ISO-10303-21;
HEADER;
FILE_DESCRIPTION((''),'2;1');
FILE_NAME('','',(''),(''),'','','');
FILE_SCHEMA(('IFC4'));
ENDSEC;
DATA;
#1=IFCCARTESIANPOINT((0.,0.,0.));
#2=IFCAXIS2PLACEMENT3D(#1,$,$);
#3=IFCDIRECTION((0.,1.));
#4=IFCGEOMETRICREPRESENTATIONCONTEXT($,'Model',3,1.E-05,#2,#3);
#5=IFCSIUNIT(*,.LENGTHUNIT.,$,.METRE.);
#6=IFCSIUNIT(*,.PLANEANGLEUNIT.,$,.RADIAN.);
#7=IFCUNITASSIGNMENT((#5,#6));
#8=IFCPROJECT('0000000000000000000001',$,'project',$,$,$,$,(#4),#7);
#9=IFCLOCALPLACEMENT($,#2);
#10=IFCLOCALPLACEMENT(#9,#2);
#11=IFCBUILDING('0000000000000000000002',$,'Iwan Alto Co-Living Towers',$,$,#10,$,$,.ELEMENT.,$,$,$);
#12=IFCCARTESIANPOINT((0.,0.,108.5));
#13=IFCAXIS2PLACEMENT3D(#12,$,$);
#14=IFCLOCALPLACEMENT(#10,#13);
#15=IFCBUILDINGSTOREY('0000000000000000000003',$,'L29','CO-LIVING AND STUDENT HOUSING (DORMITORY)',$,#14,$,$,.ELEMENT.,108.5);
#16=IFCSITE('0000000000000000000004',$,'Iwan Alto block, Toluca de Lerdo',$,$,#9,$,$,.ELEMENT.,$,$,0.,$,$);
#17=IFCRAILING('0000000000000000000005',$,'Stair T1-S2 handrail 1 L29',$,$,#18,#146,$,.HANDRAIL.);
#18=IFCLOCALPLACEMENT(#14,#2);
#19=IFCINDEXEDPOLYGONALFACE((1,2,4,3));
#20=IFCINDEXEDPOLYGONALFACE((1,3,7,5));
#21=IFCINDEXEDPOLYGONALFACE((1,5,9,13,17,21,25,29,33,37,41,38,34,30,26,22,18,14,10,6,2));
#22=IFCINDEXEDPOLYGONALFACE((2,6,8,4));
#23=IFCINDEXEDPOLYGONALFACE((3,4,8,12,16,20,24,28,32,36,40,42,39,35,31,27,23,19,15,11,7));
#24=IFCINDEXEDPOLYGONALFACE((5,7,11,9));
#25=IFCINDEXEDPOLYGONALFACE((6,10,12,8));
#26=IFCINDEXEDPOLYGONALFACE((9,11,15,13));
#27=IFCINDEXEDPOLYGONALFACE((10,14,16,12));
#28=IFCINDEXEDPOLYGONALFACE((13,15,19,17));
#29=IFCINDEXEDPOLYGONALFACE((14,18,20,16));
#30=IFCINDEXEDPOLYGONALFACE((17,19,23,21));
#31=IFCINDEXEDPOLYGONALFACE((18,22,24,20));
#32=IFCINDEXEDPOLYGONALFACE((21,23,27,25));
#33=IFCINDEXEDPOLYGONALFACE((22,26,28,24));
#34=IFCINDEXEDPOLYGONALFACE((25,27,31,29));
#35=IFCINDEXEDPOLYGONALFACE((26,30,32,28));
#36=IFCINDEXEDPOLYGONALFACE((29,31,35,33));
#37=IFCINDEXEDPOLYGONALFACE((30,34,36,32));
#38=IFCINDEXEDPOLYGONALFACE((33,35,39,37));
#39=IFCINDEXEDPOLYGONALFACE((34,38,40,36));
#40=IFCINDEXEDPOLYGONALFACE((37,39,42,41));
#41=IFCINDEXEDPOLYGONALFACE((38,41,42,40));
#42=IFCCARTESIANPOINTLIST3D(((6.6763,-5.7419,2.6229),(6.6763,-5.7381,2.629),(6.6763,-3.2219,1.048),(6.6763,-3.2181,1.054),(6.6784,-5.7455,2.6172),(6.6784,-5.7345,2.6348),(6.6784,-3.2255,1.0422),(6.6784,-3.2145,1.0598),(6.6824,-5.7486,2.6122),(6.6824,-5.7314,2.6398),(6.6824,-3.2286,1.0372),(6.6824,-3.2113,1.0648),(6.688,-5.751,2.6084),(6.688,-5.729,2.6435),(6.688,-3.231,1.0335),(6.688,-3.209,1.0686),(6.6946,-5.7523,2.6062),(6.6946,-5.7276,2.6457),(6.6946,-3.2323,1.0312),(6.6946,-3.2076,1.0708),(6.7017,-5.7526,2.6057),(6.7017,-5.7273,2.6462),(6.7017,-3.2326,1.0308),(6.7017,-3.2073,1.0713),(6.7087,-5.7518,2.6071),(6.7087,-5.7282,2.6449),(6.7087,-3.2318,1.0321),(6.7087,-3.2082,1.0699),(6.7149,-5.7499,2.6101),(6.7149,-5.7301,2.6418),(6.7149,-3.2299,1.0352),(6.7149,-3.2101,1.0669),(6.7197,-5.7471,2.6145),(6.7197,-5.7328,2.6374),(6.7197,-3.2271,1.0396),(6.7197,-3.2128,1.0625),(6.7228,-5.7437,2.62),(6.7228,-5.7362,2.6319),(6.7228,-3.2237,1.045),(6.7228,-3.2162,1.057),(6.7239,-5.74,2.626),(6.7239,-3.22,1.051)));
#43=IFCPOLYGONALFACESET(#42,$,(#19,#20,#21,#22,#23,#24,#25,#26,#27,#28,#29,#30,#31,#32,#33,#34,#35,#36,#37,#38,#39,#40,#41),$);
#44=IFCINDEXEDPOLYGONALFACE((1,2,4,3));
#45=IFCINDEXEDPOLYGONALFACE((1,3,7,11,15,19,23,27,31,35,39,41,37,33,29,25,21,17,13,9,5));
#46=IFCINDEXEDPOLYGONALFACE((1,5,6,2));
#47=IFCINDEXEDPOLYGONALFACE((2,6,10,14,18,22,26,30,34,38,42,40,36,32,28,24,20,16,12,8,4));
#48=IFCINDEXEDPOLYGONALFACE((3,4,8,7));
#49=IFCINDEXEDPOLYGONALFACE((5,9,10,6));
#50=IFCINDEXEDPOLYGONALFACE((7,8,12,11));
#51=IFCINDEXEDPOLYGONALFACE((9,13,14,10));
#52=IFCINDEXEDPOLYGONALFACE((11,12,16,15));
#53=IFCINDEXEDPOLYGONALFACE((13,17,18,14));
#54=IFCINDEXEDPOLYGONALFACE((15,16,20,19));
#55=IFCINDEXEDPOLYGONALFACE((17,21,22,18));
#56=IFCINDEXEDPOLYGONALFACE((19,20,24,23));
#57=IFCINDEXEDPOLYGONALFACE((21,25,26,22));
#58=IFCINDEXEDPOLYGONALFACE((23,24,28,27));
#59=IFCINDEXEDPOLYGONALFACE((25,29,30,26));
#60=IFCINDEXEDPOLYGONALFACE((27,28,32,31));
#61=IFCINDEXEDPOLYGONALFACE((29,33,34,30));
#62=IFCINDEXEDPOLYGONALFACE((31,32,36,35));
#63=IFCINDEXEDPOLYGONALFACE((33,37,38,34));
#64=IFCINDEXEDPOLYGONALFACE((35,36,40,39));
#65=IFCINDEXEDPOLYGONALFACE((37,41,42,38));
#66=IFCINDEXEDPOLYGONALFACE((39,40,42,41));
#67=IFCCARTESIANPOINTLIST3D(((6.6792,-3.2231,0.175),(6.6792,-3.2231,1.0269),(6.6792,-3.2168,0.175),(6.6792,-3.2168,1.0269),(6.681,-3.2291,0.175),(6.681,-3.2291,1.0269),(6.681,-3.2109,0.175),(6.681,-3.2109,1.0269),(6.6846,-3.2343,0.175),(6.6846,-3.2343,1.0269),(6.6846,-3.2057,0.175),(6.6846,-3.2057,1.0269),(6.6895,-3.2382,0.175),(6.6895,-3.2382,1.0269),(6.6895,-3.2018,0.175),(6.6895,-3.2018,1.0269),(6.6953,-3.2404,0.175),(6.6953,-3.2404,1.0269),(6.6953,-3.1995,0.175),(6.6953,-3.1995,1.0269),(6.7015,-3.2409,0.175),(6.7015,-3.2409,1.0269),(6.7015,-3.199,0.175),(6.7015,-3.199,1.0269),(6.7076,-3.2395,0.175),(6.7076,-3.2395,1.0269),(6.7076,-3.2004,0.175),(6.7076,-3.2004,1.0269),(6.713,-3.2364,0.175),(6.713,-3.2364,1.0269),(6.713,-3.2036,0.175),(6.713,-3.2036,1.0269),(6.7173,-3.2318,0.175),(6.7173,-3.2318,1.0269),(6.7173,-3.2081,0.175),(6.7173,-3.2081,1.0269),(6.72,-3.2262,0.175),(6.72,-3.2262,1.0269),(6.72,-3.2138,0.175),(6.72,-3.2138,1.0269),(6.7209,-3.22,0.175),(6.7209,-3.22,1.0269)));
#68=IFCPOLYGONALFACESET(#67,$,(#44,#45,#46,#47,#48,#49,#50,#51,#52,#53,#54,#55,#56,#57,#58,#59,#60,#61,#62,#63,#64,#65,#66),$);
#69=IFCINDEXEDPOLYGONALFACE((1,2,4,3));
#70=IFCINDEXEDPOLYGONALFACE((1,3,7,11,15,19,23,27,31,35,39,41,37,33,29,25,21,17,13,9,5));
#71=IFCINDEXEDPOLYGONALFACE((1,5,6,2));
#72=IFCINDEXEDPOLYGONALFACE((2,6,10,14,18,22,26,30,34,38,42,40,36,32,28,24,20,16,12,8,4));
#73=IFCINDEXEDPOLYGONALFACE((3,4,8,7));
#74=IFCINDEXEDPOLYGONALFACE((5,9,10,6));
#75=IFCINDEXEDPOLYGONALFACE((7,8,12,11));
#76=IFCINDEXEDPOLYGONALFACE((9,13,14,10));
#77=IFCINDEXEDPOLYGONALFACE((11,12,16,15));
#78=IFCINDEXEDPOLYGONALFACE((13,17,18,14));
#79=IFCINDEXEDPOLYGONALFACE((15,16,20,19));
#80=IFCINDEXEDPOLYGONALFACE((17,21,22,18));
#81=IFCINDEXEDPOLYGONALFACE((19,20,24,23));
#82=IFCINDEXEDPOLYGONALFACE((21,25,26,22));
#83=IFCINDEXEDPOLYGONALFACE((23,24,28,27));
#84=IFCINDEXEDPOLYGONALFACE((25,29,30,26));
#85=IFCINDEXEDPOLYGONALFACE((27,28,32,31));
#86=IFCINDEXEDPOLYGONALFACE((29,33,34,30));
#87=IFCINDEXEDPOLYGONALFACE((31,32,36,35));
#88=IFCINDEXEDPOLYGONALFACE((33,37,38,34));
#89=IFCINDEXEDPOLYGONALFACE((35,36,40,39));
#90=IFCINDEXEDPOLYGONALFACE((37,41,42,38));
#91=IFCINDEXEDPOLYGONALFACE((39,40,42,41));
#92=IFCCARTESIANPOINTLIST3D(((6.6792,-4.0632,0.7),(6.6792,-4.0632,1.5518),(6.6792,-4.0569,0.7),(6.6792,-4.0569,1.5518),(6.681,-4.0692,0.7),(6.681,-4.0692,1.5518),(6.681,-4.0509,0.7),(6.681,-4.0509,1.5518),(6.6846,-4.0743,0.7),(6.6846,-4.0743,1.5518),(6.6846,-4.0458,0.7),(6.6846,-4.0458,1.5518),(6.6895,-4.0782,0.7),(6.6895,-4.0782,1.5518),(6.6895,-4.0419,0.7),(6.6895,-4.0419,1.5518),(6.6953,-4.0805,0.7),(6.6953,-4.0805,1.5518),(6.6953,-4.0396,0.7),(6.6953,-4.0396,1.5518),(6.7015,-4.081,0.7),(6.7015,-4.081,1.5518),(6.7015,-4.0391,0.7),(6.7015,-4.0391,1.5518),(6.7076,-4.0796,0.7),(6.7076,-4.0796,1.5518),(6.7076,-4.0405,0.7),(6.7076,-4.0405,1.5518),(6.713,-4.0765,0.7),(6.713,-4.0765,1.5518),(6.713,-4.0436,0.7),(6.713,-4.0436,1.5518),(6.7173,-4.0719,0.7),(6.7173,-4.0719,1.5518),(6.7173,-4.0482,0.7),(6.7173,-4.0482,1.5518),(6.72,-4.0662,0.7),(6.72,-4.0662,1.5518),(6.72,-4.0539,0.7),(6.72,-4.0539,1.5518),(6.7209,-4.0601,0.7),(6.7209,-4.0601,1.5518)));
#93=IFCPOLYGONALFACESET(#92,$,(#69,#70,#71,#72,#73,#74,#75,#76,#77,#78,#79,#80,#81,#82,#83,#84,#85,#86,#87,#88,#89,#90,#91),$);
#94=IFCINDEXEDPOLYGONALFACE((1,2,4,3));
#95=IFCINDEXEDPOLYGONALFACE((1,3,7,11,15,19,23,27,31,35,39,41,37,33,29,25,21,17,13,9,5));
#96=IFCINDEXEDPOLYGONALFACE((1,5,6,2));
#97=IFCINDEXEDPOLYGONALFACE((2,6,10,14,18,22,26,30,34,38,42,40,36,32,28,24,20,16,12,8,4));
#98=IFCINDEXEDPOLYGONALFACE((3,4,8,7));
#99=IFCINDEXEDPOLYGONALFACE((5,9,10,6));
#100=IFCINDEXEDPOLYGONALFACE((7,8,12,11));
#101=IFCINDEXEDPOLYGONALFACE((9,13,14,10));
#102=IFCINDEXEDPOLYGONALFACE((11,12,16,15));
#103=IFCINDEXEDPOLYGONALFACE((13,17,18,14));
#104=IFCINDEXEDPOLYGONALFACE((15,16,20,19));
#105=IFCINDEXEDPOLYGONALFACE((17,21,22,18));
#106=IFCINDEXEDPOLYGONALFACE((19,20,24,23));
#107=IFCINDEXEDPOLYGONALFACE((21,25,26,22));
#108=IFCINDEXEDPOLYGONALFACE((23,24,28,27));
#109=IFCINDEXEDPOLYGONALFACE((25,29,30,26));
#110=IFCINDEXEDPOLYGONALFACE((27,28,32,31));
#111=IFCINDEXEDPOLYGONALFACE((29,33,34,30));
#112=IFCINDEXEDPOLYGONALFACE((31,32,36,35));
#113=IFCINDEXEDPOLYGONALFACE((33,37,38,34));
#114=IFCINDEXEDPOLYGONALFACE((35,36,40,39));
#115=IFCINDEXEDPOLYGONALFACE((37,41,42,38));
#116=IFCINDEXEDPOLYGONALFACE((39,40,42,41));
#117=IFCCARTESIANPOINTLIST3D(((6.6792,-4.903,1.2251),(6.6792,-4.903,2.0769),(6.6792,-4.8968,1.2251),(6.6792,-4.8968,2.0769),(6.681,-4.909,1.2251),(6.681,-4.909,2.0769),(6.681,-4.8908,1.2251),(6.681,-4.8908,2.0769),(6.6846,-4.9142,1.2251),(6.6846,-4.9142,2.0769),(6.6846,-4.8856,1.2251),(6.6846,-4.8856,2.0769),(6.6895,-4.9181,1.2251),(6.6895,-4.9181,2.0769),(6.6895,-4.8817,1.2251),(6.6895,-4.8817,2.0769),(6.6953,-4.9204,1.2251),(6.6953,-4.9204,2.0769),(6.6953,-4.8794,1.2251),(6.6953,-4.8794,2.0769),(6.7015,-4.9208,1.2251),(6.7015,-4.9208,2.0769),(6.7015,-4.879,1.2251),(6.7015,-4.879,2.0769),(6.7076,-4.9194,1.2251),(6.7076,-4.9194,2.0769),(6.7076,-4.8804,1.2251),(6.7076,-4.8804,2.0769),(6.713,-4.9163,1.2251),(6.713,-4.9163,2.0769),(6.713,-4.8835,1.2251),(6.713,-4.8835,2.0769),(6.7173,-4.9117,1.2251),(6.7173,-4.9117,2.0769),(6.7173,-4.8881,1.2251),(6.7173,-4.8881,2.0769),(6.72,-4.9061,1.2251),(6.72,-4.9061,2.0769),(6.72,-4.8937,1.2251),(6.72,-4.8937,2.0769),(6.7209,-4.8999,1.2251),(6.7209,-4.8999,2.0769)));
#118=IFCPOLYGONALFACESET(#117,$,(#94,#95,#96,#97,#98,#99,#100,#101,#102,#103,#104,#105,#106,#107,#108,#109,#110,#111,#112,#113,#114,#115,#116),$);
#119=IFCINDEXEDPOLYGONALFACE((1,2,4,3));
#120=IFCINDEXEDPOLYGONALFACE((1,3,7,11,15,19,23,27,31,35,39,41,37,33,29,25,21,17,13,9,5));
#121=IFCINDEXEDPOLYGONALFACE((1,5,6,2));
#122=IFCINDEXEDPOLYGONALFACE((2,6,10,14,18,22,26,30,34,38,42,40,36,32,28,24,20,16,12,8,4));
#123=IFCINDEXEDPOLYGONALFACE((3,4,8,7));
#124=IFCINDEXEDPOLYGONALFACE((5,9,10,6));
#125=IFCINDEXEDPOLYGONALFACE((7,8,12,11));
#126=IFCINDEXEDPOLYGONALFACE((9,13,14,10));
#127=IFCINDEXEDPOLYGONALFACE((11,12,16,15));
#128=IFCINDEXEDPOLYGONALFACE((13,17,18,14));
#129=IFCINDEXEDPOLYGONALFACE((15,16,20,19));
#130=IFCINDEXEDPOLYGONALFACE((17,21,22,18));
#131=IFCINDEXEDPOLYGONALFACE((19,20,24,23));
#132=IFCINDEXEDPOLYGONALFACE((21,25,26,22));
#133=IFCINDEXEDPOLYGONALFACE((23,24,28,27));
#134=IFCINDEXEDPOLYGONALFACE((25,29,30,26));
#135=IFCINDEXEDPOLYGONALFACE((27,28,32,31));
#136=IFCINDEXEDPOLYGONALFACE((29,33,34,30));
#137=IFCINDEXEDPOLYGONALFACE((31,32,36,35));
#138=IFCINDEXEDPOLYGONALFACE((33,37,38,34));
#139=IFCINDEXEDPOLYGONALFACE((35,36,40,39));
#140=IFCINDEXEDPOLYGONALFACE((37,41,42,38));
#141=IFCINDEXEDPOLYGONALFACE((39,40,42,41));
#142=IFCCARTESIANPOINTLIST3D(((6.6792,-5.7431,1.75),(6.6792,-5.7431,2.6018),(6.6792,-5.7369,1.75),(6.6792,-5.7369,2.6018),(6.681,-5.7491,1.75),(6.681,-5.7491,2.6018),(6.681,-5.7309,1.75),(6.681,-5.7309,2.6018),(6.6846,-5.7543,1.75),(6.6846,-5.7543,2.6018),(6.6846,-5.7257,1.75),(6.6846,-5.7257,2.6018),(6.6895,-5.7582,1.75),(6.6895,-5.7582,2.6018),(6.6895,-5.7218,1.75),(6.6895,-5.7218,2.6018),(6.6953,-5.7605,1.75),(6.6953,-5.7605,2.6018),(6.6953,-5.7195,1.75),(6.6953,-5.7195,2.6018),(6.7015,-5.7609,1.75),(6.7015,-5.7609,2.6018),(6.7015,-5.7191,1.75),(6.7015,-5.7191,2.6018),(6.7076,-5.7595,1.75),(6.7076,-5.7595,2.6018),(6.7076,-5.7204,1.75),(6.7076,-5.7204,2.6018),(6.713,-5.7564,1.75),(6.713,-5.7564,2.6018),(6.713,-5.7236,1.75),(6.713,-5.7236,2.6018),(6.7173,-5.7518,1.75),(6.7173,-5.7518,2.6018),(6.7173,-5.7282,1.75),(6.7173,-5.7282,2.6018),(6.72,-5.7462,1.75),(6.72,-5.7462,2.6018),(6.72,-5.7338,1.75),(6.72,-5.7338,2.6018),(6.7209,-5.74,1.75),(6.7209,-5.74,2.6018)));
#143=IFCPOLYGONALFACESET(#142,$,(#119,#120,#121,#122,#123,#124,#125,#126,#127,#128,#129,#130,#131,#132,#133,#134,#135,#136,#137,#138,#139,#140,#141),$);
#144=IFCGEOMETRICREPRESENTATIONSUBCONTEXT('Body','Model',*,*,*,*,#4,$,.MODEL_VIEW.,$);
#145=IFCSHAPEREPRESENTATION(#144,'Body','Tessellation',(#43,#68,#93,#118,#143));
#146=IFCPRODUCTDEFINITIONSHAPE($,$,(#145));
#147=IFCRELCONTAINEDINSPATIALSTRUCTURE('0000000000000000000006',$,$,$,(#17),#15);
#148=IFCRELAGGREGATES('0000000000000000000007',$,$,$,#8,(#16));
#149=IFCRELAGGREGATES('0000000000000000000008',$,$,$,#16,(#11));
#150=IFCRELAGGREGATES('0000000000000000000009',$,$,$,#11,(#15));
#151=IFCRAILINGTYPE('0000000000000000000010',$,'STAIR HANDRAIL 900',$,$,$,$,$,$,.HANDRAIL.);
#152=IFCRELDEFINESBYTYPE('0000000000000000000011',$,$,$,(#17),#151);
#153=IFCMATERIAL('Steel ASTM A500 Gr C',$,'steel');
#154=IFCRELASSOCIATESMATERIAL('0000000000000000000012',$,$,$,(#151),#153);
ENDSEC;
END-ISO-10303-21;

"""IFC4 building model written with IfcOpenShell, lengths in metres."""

from ifc_helpers import new_model, si_unit, direction, frame, origin, origin_2d, place, context, subcontext, project, spatial, circle, extrude, material, type_object, element, save


model = new_model("IFC4")

# Units and contexts
model_context = context("Model", 3, precision=1e-05, world=origin(), true_north=direction((0.0, 1.0)))
body_context = subcontext(model_context, "Body", "Model", "MODEL_VIEW")
ifc_project = project(units=[si_unit("LENGTHUNIT", "METRE"), si_unit("PLANEANGLEUNIT", "RADIAN")], contexts=[model_context])

# Site, building, storey
site_placement = place(None, origin())
site = spatial("IfcSite", under=ifc_project, at=site_placement, Name="Iwan Alto block, Toluca de Lerdo", CompositionType="ELEMENT", RefElevation=0.0)
building_placement = place(site_placement, origin())
building = spatial("IfcBuilding", under=site, at=building_placement, Name="Iwan Alto Co-Living Towers", CompositionType="ELEMENT")
storey_placement = place(building_placement, frame((0.0, 0.0, 108.5)))
storey = spatial("IfcBuildingStorey", under=building, at=storey_placement, Name="L29", Description="CO-LIVING AND STUDENT HOUSING (DORMITORY)", CompositionType="ELEMENT", Elevation=108.5)

# Railing
ifc_material_1 = material(Name="Steel ASTM A500 Gr C", Category="steel")
railing_type_1 = type_object("IfcRailingType", Name="STAIR HANDRAIL 900", PredefinedType="HANDRAIL", material=ifc_material_1)
railing_1_placement = place(storey_placement, frame((6.7, -3.22, 0.175)))
element("IfcRailing", 1, at=railing_1_placement, inside=storey, type_object=railing_type_1, Name="Stair T1-S2 handrail 1 L29", PredefinedType="HANDRAIL", context=body_context, shape_type="SweptSolid", body=[
    extrude(circle(Radius=0.0239, at=origin_2d()), frame((0.0, 0.0, 0.876), z_axis=(0.0, -0.848008, 0.529984), x_axis=(1.0, 0.0, 0.0)), (0.0, 0.0, 1.0), 2.9717),
    extrude(circle(Radius=0.021, at=origin_2d()), origin(), (0.0, 0.0, 1.0), 0.8518),
    extrude(circle(Radius=0.021, at=origin_2d()), frame((0.0, -0.8401, 0.5249)), (0.0, 0.0, 1.0), 0.8518),
    extrude(circle(Radius=0.021, at=origin_2d()), frame((0.0, -1.6799, 1.05)), (0.0, 0.0, 1.0), 0.8518),
    extrude(circle(Radius=0.021, at=origin_2d()), frame((0.0, -2.52, 1.575)), (0.0, 0.0, 1.0), 0.8518),
])

save(model, "model.ifc")
